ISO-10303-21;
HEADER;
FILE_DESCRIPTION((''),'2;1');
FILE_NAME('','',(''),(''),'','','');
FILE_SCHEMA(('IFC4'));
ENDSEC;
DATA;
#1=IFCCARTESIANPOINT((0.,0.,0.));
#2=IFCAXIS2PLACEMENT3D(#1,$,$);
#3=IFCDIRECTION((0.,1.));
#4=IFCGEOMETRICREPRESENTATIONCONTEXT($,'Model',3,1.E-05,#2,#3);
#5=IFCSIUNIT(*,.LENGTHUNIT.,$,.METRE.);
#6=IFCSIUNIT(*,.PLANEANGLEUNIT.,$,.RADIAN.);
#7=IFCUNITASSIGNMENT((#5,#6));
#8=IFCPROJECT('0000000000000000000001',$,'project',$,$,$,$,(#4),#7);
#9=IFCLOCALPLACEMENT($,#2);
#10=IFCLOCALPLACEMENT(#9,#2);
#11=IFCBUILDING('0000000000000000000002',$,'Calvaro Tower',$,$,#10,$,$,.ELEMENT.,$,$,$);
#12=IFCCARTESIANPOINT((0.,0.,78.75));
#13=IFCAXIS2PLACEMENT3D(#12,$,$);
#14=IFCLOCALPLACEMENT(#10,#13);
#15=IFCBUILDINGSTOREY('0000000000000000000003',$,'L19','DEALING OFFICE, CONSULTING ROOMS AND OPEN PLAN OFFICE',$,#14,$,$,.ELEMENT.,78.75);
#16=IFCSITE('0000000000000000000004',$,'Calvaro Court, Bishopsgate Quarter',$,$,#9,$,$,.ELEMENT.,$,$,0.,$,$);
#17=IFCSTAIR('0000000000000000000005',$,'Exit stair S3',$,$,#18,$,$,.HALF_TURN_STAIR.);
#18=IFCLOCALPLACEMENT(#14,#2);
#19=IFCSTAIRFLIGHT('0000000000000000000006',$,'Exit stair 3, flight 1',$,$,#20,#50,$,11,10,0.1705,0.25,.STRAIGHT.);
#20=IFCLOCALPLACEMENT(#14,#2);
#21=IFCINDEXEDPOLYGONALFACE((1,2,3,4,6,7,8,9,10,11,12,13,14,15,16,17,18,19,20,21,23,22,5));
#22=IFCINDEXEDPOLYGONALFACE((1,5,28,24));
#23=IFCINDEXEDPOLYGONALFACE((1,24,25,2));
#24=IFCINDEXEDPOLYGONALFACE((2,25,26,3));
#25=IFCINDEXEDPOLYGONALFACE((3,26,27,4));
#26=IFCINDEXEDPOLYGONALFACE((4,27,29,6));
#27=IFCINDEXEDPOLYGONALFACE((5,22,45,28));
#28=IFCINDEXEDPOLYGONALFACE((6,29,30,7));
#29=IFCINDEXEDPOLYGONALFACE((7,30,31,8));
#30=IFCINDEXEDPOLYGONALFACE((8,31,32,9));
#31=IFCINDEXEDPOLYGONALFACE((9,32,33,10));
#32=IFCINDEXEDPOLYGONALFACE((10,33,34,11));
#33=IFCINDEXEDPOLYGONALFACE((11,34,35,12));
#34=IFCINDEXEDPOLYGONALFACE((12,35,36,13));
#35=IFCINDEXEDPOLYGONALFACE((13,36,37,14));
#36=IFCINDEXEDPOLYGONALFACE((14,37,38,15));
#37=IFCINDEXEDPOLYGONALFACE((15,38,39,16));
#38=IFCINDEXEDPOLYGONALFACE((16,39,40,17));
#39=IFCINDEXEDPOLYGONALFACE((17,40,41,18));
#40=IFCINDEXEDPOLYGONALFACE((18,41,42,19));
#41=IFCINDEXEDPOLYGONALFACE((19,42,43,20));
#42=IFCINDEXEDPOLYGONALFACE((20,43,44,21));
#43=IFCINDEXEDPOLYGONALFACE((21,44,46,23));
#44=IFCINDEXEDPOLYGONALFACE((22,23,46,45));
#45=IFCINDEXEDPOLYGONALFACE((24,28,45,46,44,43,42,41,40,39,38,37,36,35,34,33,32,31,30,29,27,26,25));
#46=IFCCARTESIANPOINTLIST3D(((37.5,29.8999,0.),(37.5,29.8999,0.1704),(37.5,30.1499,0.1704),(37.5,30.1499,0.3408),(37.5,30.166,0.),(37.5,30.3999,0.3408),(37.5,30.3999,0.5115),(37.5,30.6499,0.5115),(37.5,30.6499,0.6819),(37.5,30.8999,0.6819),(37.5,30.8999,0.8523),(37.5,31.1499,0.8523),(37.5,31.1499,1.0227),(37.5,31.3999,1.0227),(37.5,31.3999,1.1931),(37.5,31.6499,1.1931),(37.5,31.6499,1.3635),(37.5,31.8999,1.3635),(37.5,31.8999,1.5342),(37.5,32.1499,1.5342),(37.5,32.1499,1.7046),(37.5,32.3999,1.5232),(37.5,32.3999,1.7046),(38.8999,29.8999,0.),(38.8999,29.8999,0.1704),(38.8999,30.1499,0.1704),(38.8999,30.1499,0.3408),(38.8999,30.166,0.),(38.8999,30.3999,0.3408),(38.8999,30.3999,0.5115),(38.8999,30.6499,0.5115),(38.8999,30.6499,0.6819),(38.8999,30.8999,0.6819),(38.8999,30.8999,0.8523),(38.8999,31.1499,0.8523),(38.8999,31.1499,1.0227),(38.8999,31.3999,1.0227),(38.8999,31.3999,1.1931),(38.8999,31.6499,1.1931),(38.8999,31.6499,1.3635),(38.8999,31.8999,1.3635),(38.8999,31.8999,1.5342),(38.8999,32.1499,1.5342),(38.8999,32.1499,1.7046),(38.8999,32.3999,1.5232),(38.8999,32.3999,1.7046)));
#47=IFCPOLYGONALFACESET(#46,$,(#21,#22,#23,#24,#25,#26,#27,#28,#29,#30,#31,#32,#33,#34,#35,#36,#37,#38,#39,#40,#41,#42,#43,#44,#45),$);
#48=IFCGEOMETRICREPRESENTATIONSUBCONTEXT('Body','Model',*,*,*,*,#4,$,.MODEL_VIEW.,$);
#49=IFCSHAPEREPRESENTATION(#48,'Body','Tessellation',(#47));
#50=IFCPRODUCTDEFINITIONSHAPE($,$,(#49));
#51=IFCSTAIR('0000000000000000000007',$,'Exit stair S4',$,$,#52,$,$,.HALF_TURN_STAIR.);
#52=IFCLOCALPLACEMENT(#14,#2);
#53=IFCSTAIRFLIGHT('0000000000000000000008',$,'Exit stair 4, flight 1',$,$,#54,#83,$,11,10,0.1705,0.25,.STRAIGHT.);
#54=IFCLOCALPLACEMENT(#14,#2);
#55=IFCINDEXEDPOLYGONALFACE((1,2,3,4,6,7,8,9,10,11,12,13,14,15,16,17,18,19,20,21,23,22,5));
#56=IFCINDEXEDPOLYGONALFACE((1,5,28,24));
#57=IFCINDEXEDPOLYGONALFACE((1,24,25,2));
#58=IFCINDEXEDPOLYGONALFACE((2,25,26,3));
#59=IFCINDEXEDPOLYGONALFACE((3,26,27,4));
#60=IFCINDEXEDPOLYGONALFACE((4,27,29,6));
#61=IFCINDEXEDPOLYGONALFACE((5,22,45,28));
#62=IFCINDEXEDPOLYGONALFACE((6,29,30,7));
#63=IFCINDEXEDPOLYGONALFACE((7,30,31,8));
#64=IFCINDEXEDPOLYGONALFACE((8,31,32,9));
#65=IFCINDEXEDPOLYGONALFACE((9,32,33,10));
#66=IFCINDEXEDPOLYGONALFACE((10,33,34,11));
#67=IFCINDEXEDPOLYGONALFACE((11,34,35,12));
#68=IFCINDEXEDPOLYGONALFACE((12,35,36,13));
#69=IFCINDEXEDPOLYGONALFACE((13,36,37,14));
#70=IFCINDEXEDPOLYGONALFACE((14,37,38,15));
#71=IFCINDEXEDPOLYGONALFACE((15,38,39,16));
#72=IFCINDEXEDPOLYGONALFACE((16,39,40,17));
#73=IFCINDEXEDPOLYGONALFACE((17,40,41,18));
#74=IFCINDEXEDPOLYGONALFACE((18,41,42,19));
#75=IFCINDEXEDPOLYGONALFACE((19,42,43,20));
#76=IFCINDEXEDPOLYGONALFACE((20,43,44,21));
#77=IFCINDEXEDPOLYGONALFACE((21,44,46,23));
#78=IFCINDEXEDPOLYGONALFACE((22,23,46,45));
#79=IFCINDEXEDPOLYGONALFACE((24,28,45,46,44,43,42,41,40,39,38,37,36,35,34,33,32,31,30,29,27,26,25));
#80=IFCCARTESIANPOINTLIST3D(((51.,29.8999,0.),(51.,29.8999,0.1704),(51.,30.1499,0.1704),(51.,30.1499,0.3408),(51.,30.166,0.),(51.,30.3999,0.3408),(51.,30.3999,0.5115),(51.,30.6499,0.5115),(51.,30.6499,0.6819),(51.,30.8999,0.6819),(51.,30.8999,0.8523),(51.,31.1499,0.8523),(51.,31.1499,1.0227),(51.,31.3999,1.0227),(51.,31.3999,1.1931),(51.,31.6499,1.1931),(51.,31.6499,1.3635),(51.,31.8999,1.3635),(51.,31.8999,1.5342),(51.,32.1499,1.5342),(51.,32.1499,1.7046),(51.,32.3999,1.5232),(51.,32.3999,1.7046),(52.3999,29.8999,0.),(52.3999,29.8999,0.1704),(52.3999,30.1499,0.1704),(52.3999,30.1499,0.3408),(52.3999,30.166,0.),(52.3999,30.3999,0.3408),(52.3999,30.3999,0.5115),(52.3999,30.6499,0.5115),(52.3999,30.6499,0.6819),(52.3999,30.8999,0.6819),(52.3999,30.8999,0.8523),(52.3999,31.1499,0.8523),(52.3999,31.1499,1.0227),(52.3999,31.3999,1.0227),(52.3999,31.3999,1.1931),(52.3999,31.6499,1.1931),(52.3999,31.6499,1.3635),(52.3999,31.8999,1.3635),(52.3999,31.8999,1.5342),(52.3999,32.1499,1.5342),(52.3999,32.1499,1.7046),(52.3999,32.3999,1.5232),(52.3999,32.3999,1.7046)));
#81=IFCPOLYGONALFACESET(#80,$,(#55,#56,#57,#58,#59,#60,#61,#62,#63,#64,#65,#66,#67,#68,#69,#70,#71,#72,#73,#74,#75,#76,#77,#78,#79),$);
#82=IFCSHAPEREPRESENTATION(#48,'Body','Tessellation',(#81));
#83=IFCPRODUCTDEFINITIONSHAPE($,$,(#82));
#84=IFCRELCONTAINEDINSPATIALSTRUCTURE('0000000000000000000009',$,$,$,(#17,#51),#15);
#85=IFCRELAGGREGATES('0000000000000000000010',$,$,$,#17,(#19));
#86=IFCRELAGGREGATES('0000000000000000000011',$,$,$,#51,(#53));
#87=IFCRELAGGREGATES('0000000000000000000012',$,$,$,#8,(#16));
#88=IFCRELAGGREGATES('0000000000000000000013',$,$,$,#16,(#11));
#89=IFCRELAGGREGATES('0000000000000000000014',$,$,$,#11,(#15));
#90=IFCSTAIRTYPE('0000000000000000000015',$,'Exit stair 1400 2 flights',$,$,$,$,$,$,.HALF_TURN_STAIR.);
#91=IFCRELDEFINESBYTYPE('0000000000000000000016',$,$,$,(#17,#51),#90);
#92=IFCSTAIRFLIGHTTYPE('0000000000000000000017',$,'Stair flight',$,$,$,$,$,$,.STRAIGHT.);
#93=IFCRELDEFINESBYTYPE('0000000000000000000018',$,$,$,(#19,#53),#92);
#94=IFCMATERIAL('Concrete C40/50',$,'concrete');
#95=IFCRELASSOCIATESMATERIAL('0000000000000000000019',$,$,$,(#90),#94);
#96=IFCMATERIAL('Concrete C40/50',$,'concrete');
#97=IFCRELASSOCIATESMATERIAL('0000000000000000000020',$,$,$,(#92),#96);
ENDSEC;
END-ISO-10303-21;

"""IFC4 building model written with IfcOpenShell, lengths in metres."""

from ifc_helpers import new_model, si_unit, direction, frame, origin, place, context, subcontext, project, spatial, polyline, outline, extrude, material, type_object, element, aggregate, save


model = new_model("IFC4")

# Units and contexts
model_context = context("Model", 3, precision=1e-05, world=origin(), true_north=direction((0.0, 1.0)))
body_context = subcontext(model_context, "Body", "Model", "MODEL_VIEW")
ifc_project = project(units=[si_unit("LENGTHUNIT", "METRE"), si_unit("PLANEANGLEUNIT", "RADIAN")], contexts=[model_context])

# Site, building, storey
site_placement = place(None, origin())
site = spatial("IfcSite", under=ifc_project, at=site_placement, Name="Calvaro Court, Bishopsgate Quarter", CompositionType="ELEMENT", RefElevation=0.0)
building_placement = place(site_placement, origin())
building = spatial("IfcBuilding", under=site, at=building_placement, Name="Calvaro Tower", CompositionType="ELEMENT")
storey_placement = place(building_placement, frame((0.0, 0.0, 78.75)))
storey = spatial("IfcBuildingStorey", under=building, at=storey_placement, Name="L19", Description="DEALING OFFICE, CONSULTING ROOMS AND OPEN PLAN OFFICE", CompositionType="ELEMENT", Elevation=78.75)

# Stairs, stair flights
ifc_material_1 = material(Name="Concrete C40/50", Category="concrete")
stair_type = type_object("IfcStairType", Name="Exit stair 1400 2 flights", PredefinedType="HALF_TURN_STAIR", material=ifc_material_1)
stair_1_placement = place(storey_placement, origin())
stair_1 = element("IfcStair", 1, at=stair_1_placement, inside=storey, type_object=stair_type, Name="Exit stair S3", PredefinedType="HALF_TURN_STAIR")
ifc_material_2 = material(Name="Concrete C40/50", Category="concrete")
stair_flight_type = type_object("IfcStairFlightType", Name="Stair flight", PredefinedType="STRAIGHT", material=ifc_material_2)
stair_flight_1_placement = place(storey_placement, frame((38.2, 29.8999, 0.0), z_axis=(0.0, 0.0, 1.0), x_axis=(0.0, 1.0, 0.0)))
stair_flight_1 = element("IfcStairFlight", 2, at=stair_flight_1_placement, type_object=stair_flight_type, Name="Exit stair 3, flight 1", NumberOfRisers=11, NumberOfTreads=10, PredefinedType="STRAIGHT", RiserHeight=0.1705, TreadLength=0.25, context=body_context, shape_type="SweptSolid", body=[
    extrude(outline(polyline([(0.0, 0.0), (0.0, 0.1704), (0.25, 0.1704), (0.25, 0.3408), (0.5, 0.3408), (0.5, 0.5115), (0.75, 0.5115), (0.75, 0.6819), (1.0, 0.6819), (1.0, 0.8523), (1.25, 0.8523), (1.25, 1.0227), (1.5, 1.0227), (1.5, 1.1931), (1.75, 1.1931), (1.75, 1.3635), (2.0, 1.3635), (2.0, 1.5342), (2.25, 1.5342), (2.25, 1.7046), (2.5, 1.7046), (2.5, 1.875), (2.5, 1.5232), (0.2661, 0.0), (0.0, 0.0)])), frame((0.0, 0.7, 0.0), z_axis=(0.0, -1.0, 0.0), x_axis=(1.0, 0.0, 0.0)), (0.0, 0.0, 1.0), 1.3999),
])
stair_2_placement = place(storey_placement, origin())
stair_2 = element("IfcStair", 3, at=stair_2_placement, inside=storey, type_object=stair_type, Name="Exit stair S4", PredefinedType="HALF_TURN_STAIR")
stair_flight_2_placement = place(storey_placement, frame((51.7, 29.8999, 0.0), z_axis=(0.0, 0.0, 1.0), x_axis=(0.0, 1.0, 0.0)))
stair_flight_2 = element("IfcStairFlight", 4, at=stair_flight_2_placement, type_object=stair_flight_type, Name="Exit stair 4, flight 1", NumberOfRisers=11, NumberOfTreads=10, PredefinedType="STRAIGHT", RiserHeight=0.1705, TreadLength=0.25, context=body_context, shape_type="SweptSolid", body=[
    extrude(outline(polyline([(0.0, 0.0), (0.0, 0.1704), (0.25, 0.1704), (0.25, 0.3408), (0.5, 0.3408), (0.5, 0.5115), (0.75, 0.5115), (0.75, 0.6819), (1.0, 0.6819), (1.0, 0.8523), (1.25, 0.8523), (1.25, 1.0227), (1.5, 1.0227), (1.5, 1.1931), (1.75, 1.1931), (1.75, 1.3635), (2.0, 1.3635), (2.0, 1.5342), (2.25, 1.5342), (2.25, 1.7046), (2.5, 1.7046), (2.5, 1.875), (2.5, 1.5232), (0.2661, 0.0), (0.0, 0.0)])), frame((0.0, 0.7, 0.0), z_axis=(0.0, -1.0, 0.0), x_axis=(1.0, 0.0, 0.0)), (0.0, 0.0, 1.0), 1.3999),
])

aggregate(stair_1, [stair_flight_1])
aggregate(stair_2, [stair_flight_2])

save(model, "model.ifc")
